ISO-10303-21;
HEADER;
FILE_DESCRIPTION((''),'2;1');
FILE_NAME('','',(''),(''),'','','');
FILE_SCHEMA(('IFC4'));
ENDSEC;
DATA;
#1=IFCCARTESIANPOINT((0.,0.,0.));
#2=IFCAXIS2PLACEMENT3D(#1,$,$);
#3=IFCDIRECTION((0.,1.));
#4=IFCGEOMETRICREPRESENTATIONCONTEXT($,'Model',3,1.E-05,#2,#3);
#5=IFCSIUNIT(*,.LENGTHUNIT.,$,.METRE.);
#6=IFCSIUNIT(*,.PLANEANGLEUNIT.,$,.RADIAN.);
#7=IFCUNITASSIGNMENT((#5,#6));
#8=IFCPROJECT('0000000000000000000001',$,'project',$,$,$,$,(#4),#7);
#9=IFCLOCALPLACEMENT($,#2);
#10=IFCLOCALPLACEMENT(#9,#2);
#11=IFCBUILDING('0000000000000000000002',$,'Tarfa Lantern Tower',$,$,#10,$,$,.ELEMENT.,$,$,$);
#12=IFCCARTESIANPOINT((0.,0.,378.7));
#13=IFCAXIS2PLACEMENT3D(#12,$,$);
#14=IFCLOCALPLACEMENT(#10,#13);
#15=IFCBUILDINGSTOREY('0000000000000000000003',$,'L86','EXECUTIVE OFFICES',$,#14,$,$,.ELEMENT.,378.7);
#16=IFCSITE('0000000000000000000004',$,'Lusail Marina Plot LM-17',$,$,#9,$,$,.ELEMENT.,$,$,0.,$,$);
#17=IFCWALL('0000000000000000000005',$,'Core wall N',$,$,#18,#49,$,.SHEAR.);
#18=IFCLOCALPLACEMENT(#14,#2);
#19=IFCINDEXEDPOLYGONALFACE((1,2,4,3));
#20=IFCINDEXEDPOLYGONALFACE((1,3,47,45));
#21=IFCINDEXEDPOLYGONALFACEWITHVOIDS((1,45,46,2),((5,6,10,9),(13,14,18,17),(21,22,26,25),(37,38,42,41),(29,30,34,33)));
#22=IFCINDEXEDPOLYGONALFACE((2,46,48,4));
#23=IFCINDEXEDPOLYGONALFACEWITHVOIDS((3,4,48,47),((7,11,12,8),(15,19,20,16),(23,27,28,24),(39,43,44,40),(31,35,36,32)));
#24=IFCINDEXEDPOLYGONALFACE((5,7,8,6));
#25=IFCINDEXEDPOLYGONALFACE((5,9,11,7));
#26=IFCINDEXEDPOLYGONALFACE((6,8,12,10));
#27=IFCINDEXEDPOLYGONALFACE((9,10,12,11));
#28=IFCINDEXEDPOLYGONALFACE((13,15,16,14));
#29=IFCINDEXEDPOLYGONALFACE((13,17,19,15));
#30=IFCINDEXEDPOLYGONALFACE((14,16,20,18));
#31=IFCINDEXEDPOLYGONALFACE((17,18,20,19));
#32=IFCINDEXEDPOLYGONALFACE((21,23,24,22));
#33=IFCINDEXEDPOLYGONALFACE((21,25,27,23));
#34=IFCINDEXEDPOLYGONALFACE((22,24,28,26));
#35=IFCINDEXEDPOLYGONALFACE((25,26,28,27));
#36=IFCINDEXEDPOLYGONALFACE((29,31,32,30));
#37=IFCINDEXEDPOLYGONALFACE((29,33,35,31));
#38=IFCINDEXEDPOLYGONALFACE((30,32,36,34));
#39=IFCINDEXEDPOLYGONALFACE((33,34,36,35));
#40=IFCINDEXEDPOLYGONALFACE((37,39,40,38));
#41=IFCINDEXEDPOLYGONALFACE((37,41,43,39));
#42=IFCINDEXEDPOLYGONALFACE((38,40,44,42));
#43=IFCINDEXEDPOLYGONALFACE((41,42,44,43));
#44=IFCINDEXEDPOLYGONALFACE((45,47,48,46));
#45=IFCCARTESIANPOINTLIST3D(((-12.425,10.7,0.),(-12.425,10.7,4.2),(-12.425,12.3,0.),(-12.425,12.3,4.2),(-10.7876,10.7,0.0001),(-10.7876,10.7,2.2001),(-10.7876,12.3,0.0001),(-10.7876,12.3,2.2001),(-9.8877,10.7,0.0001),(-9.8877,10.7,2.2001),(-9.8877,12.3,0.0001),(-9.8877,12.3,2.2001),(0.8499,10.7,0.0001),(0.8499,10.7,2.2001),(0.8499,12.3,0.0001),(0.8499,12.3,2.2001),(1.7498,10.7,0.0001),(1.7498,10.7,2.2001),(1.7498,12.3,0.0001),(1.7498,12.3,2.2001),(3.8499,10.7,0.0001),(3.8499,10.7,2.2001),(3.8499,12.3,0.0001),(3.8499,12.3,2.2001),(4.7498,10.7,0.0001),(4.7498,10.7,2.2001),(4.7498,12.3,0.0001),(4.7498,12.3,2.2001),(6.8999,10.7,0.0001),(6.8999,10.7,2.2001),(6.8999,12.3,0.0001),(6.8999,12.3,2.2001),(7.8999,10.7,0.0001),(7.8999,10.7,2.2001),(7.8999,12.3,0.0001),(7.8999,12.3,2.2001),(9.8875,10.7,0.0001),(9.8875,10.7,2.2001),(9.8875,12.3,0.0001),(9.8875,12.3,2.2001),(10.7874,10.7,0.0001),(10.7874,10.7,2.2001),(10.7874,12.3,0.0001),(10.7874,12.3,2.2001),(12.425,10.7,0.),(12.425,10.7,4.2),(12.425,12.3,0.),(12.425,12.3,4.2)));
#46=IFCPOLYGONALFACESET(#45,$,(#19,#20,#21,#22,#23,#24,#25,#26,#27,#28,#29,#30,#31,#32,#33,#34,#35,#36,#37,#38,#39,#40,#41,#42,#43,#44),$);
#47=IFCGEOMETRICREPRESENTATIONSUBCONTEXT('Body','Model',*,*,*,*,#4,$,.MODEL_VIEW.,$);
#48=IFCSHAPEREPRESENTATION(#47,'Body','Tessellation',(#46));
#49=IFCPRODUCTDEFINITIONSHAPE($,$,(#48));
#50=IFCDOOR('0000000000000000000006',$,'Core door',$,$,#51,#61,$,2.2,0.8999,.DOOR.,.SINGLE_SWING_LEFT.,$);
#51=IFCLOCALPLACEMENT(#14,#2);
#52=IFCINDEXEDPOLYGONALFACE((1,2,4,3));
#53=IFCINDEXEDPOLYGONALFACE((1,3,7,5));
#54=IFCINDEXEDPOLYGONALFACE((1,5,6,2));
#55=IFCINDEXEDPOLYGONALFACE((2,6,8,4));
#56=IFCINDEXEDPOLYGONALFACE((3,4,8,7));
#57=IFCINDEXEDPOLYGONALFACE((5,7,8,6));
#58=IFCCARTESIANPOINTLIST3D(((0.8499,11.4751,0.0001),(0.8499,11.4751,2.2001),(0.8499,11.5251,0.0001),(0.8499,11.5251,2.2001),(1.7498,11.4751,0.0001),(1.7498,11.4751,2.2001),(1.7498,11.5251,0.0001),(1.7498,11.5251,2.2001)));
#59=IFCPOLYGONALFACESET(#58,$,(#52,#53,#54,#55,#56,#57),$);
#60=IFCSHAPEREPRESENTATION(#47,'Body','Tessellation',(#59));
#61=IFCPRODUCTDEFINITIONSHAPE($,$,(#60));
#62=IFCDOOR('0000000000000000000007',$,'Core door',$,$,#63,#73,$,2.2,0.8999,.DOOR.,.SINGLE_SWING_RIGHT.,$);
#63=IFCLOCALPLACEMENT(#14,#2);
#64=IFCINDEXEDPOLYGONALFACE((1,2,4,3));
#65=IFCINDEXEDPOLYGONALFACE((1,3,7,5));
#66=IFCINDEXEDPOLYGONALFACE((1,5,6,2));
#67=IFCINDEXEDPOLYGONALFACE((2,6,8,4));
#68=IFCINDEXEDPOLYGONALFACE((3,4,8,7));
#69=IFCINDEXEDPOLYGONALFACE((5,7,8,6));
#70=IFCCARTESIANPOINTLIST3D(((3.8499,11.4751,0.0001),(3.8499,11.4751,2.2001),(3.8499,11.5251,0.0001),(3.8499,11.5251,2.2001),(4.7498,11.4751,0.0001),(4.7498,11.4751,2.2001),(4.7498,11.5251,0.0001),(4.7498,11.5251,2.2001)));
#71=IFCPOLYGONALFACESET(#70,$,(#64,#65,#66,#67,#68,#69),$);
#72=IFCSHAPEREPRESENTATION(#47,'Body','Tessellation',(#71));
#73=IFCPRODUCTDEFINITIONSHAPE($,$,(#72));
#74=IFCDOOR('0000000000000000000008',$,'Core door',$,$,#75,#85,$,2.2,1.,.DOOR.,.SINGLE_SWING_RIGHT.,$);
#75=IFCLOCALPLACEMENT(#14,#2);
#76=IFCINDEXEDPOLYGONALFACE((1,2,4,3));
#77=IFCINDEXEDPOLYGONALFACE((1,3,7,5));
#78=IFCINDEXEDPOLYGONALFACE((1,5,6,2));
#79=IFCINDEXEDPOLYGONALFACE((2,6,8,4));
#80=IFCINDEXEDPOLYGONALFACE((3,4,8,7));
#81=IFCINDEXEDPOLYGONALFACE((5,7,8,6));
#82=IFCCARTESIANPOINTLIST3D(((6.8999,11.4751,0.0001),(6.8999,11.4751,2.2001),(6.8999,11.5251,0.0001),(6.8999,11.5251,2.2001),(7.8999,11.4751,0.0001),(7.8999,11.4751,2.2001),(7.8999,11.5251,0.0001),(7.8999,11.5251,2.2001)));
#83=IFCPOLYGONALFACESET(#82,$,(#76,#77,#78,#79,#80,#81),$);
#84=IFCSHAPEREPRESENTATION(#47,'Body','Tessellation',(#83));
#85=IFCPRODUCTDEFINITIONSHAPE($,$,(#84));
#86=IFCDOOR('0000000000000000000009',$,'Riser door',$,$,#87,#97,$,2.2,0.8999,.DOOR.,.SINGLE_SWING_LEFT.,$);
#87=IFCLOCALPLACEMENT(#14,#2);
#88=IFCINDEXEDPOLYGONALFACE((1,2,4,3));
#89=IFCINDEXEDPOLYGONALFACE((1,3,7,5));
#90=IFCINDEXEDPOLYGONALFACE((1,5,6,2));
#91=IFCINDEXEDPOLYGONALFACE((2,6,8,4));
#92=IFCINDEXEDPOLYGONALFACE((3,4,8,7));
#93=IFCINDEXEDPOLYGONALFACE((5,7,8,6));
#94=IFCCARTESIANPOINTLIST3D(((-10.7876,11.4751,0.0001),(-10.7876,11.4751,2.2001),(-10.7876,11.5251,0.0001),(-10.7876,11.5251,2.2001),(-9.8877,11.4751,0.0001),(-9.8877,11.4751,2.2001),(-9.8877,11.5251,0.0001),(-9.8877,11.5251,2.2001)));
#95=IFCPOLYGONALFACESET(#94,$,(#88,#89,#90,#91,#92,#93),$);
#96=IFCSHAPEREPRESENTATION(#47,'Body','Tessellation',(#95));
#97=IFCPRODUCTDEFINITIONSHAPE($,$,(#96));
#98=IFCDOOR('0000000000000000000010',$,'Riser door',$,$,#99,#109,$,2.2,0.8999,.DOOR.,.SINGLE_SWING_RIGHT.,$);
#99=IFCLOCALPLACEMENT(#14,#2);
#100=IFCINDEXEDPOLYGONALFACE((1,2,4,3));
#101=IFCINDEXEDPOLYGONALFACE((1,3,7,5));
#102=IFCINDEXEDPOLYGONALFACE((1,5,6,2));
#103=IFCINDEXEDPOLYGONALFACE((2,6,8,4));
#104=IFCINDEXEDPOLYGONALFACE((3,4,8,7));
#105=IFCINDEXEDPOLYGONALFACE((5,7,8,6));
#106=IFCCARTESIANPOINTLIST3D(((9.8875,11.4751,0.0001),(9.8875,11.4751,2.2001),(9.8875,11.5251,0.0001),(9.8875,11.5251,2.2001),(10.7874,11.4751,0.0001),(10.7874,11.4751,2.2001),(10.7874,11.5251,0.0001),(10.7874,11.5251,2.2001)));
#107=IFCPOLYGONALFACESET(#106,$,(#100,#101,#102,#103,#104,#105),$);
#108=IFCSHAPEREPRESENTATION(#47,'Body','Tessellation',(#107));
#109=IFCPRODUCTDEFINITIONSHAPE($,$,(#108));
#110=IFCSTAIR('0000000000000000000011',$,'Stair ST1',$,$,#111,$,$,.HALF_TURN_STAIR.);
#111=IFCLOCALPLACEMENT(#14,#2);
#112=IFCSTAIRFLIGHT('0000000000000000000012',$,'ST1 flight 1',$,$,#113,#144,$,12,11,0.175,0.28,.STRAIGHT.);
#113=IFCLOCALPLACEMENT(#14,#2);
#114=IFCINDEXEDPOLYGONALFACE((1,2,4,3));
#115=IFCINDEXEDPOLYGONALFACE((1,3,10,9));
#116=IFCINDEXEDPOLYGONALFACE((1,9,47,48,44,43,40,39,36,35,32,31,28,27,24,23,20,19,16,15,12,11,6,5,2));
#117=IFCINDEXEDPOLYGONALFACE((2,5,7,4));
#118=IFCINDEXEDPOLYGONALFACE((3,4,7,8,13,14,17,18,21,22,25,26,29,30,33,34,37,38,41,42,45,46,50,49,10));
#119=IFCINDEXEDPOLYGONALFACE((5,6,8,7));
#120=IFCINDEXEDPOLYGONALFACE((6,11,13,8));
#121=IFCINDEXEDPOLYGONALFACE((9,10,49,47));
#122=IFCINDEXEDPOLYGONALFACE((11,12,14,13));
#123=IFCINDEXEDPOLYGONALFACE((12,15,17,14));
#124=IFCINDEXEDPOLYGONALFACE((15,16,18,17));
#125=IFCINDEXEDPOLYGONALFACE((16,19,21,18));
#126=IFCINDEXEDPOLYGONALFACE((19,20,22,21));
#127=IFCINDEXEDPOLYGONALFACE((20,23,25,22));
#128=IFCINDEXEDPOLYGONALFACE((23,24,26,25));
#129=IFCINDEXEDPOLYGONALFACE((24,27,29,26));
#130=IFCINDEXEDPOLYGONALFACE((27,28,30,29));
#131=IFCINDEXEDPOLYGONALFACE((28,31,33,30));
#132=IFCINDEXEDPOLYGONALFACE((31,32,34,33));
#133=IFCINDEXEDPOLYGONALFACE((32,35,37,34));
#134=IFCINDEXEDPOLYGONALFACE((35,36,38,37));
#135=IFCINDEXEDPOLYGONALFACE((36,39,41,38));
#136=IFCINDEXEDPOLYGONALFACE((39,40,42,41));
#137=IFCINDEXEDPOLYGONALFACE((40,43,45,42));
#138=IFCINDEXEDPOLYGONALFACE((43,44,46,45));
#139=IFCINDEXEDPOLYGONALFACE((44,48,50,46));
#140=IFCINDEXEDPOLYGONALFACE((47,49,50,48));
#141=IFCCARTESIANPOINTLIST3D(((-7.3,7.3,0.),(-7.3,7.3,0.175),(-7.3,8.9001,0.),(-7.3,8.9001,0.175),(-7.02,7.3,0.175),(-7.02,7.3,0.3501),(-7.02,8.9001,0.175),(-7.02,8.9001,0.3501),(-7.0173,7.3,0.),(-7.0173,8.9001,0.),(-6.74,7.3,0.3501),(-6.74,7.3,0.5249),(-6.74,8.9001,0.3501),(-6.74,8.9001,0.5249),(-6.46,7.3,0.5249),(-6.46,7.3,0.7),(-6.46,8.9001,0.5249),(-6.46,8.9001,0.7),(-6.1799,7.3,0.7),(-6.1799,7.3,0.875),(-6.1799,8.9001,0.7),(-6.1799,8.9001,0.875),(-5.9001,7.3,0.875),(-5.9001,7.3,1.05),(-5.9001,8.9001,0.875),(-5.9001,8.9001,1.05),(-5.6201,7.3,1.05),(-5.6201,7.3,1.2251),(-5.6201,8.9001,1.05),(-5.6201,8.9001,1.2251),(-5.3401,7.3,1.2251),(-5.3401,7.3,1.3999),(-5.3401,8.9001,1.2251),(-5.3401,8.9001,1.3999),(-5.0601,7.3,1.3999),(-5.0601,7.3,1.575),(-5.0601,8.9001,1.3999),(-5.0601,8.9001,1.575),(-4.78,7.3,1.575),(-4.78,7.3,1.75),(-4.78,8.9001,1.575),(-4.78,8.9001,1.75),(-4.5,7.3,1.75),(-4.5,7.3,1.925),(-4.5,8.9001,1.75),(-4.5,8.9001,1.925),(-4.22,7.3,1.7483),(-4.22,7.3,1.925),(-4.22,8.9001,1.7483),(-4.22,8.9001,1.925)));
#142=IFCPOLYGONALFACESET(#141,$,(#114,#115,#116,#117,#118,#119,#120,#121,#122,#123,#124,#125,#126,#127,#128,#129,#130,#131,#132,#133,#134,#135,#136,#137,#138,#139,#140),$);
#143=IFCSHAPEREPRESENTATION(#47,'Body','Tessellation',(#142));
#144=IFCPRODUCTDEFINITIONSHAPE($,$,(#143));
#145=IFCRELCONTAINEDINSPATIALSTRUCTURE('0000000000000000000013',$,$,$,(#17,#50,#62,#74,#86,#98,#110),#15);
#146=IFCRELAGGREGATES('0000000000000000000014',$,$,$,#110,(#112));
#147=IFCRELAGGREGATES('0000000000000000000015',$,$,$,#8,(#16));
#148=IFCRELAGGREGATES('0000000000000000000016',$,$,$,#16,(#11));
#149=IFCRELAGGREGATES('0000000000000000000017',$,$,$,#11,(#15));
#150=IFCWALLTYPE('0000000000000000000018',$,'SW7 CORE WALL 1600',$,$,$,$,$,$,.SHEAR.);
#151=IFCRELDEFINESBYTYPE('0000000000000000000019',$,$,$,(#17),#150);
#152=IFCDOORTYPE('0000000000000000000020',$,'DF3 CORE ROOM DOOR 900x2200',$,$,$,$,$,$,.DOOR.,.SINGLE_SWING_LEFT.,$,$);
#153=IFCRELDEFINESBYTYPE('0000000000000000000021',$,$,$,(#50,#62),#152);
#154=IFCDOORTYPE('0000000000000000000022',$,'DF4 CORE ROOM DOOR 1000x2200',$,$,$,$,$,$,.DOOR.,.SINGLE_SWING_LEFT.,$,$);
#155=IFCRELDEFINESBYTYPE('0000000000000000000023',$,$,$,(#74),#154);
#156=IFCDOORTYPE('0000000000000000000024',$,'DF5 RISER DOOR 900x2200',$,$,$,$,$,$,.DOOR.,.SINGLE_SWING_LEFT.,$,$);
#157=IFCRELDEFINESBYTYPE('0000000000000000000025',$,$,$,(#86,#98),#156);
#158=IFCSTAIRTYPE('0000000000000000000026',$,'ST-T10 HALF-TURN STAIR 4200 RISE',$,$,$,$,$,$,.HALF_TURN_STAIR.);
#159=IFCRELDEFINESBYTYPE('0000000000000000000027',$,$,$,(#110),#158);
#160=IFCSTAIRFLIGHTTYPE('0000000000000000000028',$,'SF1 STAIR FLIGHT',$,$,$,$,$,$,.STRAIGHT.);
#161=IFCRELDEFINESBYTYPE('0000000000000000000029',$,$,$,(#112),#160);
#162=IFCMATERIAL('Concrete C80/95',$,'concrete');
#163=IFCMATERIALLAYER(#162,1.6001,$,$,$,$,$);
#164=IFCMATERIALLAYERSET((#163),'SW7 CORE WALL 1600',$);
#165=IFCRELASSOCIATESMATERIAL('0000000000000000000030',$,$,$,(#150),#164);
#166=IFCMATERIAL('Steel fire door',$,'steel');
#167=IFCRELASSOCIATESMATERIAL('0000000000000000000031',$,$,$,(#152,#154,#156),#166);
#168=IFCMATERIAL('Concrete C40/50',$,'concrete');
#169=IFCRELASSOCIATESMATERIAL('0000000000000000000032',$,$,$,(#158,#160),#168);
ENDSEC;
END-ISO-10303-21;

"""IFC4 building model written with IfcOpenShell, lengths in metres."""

from ifc_helpers import new_model, si_unit, direction, frame, frame_2d, origin, place, context, subcontext, project, spatial, polyline, rectangle, outline, extrude, material, layer, layer_set, type_object, element, fill, aggregate, save


model = new_model("IFC4")

# Units and contexts
model_context = context("Model", 3, precision=1e-05, world=origin(), true_north=direction((0.0, 1.0)))
body_context = subcontext(model_context, "Body", "Model", "MODEL_VIEW")
ifc_project = project(units=[si_unit("LENGTHUNIT", "METRE"), si_unit("PLANEANGLEUNIT", "RADIAN")], contexts=[model_context])

# Site, building, storey
site_placement = place(None, origin())
site = spatial("IfcSite", under=ifc_project, at=site_placement, Name="Lusail Marina Plot LM-17", CompositionType="ELEMENT", RefElevation=0.0)
building_placement = place(site_placement, origin())
building = spatial("IfcBuilding", under=site, at=building_placement, Name="Tarfa Lantern Tower", CompositionType="ELEMENT")
storey_placement = place(building_placement, frame((0.0, 0.0, 378.7)))
storey = spatial("IfcBuildingStorey", under=building, at=storey_placement, Name="L86", Description="EXECUTIVE OFFICES", CompositionType="ELEMENT", Elevation=378.7)

# Shared definitions
ifc_material_1 = material(Name="Concrete C80/95", Category="concrete")
ifc_material_2 = material(Name="Steel fire door", Category="steel")

# Wall, openings, doors
ifc_layer_1 = layer(ifc_material_1, 1.6001)
ifc_layer_set_1 = layer_set([ifc_layer_1], Name="SW7 CORE WALL 1600")
wall_type_1 = type_object("IfcWallType", Name="SW7 CORE WALL 1600", PredefinedType="SHEAR", material=ifc_layer_set_1)
wall_1_placement = place(storey_placement, frame((-12.425, 11.5, 0.0), z_axis=(0.0, 0.0, 1.0), x_axis=(1.0, 0.0, 0.0)))
wall_1 = element("IfcWall", 1, at=wall_1_placement, inside=storey, type_object=wall_type_1, Name="Core wall N", PredefinedType="SHEAR", context=body_context, shape_type="SweptSolid", body=[
    extrude(rectangle(XDim=24.8501, YDim=1.6001, at=frame_2d((12.425, 0.0))), origin(), (0.0, 0.0, 1.0), 4.2),
])
opening_1_placement = place(wall_1_placement, frame((13.2749, 0.0, 0.0)))
opening_1 = element("IfcOpeningElement", 2, at=opening_1_placement, cuts=wall_1, PredefinedType="OPENING", context=body_context, shape_type="SweptSolid", body=[
    extrude(rectangle(XDim=0.8999, YDim=2.2, at=frame_2d((0.45, 1.1001))), frame((0.0, 0.8101, 0.0), z_axis=(0.0, -1.0, 0.0), x_axis=(1.0, 0.0, 0.0)), (0.0, 0.0, 1.0), 1.6201),
])
opening_2_placement = place(wall_1_placement, frame((16.2749, 0.0, 0.0)))
opening_2 = element("IfcOpeningElement", 3, at=opening_2_placement, cuts=wall_1, PredefinedType="OPENING", context=body_context, shape_type="SweptSolid", body=[
    extrude(rectangle(XDim=0.8999, YDim=2.2, at=frame_2d((0.45, 1.1001))), frame((0.0, 0.8101, 0.0), z_axis=(0.0, -1.0, 0.0), x_axis=(1.0, 0.0, 0.0)), (0.0, 0.0, 1.0), 1.6201),
])
opening_3_placement = place(wall_1_placement, frame((19.325, 0.0, 0.0)))
opening_3 = element("IfcOpeningElement", 4, at=opening_3_placement, cuts=wall_1, PredefinedType="OPENING", context=body_context, shape_type="SweptSolid", body=[
    extrude(rectangle(XDim=1.0, YDim=2.2, at=frame_2d((0.5, 1.1001))), frame((0.0, 0.8101, 0.0), z_axis=(0.0, -1.0, 0.0), x_axis=(1.0, 0.0, 0.0)), (0.0, 0.0, 1.0), 1.6201),
])
opening_4_placement = place(wall_1_placement, frame((1.6375, 0.0, 0.0)))
opening_4 = element("IfcOpeningElement", 5, at=opening_4_placement, cuts=wall_1, PredefinedType="OPENING", context=body_context, shape_type="SweptSolid", body=[
    extrude(rectangle(XDim=0.8999, YDim=2.2, at=frame_2d((0.45, 1.1001))), frame((0.0, 0.8101, 0.0), z_axis=(0.0, -1.0, 0.0), x_axis=(1.0, 0.0, 0.0)), (0.0, 0.0, 1.0), 1.6201),
])
opening_5_placement = place(wall_1_placement, frame((22.3125, 0.0, 0.0)))
opening_5 = element("IfcOpeningElement", 6, at=opening_5_placement, cuts=wall_1, PredefinedType="OPENING", context=body_context, shape_type="SweptSolid", body=[
    extrude(rectangle(XDim=0.8999, YDim=2.2, at=frame_2d((0.45, 1.1001))), frame((0.0, 0.8101, 0.0), z_axis=(0.0, -1.0, 0.0), x_axis=(1.0, 0.0, 0.0)), (0.0, 0.0, 1.0), 1.6201),
])
door_type_1 = type_object("IfcDoorType", Name="DF3 CORE ROOM DOOR 900x2200", OperationType="SINGLE_SWING_LEFT", PredefinedType="DOOR", material=ifc_material_2)
door_1_placement = place(opening_1_placement, frame((0.8999, 0.0, 0.0), z_axis=(0.0, 0.0, 1.0), x_axis=(-1.0, 0.0, 0.0)))
door_1 = element("IfcDoor", 7, at=door_1_placement, inside=storey, type_object=door_type_1, Name="Core door", OperationType="SINGLE_SWING_LEFT", OverallHeight=2.2, OverallWidth=0.8999, PredefinedType="DOOR", context=body_context, shape_type="SweptSolid", body=[
    extrude(rectangle(XDim=0.8999, YDim=2.2, at=frame_2d((0.45, 1.1001))), frame((0.0, 0.0249, 0.0), z_axis=(0.0, -1.0, 0.0), x_axis=(1.0, 0.0, 0.0)), (0.0, 0.0, 1.0), 0.05),
])
fill(opening_1, door_1)
door_2_placement = place(opening_2_placement, frame((0.8999, 0.0, 0.0), z_axis=(0.0, 0.0, 1.0), x_axis=(-1.0, 0.0, 0.0)))
door_2 = element("IfcDoor", 8, at=door_2_placement, inside=storey, type_object=door_type_1, Name="Core door", OperationType="SINGLE_SWING_RIGHT", OverallHeight=2.2, OverallWidth=0.8999, PredefinedType="DOOR", context=body_context, shape_type="SweptSolid", body=[
    extrude(rectangle(XDim=0.8999, YDim=2.2, at=frame_2d((0.45, 1.1001))), frame((0.0, 0.0249, 0.0), z_axis=(0.0, -1.0, 0.0), x_axis=(1.0, 0.0, 0.0)), (0.0, 0.0, 1.0), 0.05),
])
fill(opening_2, door_2)
door_type_2 = type_object("IfcDoorType", Name="DF4 CORE ROOM DOOR 1000x2200", OperationType="SINGLE_SWING_LEFT", PredefinedType="DOOR", material=ifc_material_2)
door_3_placement = place(opening_3_placement, frame((1.0, 0.0, 0.0), z_axis=(0.0, 0.0, 1.0), x_axis=(-1.0, 0.0, 0.0)))
door_3 = element("IfcDoor", 9, at=door_3_placement, inside=storey, type_object=door_type_2, Name="Core door", OperationType="SINGLE_SWING_RIGHT", OverallHeight=2.2, OverallWidth=1.0, PredefinedType="DOOR", context=body_context, shape_type="SweptSolid", body=[
    extrude(rectangle(XDim=1.0, YDim=2.2, at=frame_2d((0.5, 1.1001))), frame((0.0, 0.0249, 0.0), z_axis=(0.0, -1.0, 0.0), x_axis=(1.0, 0.0, 0.0)), (0.0, 0.0, 1.0), 0.05),
])
fill(opening_3, door_3)
door_type_3 = type_object("IfcDoorType", Name="DF5 RISER DOOR 900x2200", OperationType="SINGLE_SWING_LEFT", PredefinedType="DOOR", material=ifc_material_2)
door_4_placement = place(opening_4_placement, frame((0.8999, 0.0, 0.0), z_axis=(0.0, 0.0, 1.0), x_axis=(-1.0, 0.0, 0.0)))
door_4 = element("IfcDoor", 10, at=door_4_placement, inside=storey, type_object=door_type_3, Name="Riser door", OperationType="SINGLE_SWING_LEFT", OverallHeight=2.2, OverallWidth=0.8999, PredefinedType="DOOR", context=body_context, shape_type="SweptSolid", body=[
    extrude(rectangle(XDim=0.8999, YDim=2.2, at=frame_2d((0.45, 1.1001))), frame((0.0, 0.0249, 0.0), z_axis=(0.0, -1.0, 0.0), x_axis=(1.0, 0.0, 0.0)), (0.0, 0.0, 1.0), 0.05),
])
fill(opening_4, door_4)
door_5_placement = place(opening_5_placement, frame((0.8999, 0.0, 0.0), z_axis=(0.0, 0.0, 1.0), x_axis=(-1.0, 0.0, 0.0)))
door_5 = element("IfcDoor", 11, at=door_5_placement, inside=storey, type_object=door_type_3, Name="Riser door", OperationType="SINGLE_SWING_RIGHT", OverallHeight=2.2, OverallWidth=0.8999, PredefinedType="DOOR", context=body_context, shape_type="SweptSolid", body=[
    extrude(rectangle(XDim=0.8999, YDim=2.2, at=frame_2d((0.45, 1.1001))), frame((0.0, 0.0249, 0.0), z_axis=(0.0, -1.0, 0.0), x_axis=(1.0, 0.0, 0.0)), (0.0, 0.0, 1.0), 0.05),
])
fill(opening_5, door_5)

# Stair, stair flight
ifc_material_3 = material(Name="Concrete C40/50", Category="concrete")
stair_type = type_object("IfcStairType", Name="ST-T10 HALF-TURN STAIR 4200 RISE", PredefinedType="HALF_TURN_STAIR", material=ifc_material_3)
stair_placement = place(storey_placement, origin())
stair = element("IfcStair", 12, at=stair_placement, inside=storey, type_object=stair_type, Name="Stair ST1", PredefinedType="HALF_TURN_STAIR")
stair_flight_type = type_object("IfcStairFlightType", Name="SF1 STAIR FLIGHT", PredefinedType="STRAIGHT", material=ifc_material_3)
stair_flight_1_placement = place(storey_placement, frame((-7.3, 8.1001, 0.0), z_axis=(0.0, 0.0, 1.0), x_axis=(1.0, 0.0, 0.0)))
stair_flight_1 = element("IfcStairFlight", 13, at=stair_flight_1_placement, type_object=stair_flight_type, Name="ST1 flight 1", NumberOfRisers=12, NumberOfTreads=11, PredefinedType="STRAIGHT", RiserHeight=0.175, TreadLength=0.28, context=body_context, shape_type="SweptSolid", body=[
    extrude(outline(polyline([(0.0, 0.0), (0.0, 0.175), (0.28, 0.175), (0.28, 0.3501), (0.5601, 0.3501), (0.5601, 0.5249), (0.8401, 0.5249), (0.8401, 0.7), (1.1201, 0.7), (1.1201, 0.875), (1.3999, 0.875), (1.3999, 1.05), (1.6799, 1.05), (1.6799, 1.2251), (1.96, 1.2251), (1.96, 1.3999), (2.24, 1.3999), (2.24, 1.575), (2.52, 1.575), (2.52, 1.75), (2.8, 1.75), (2.8, 1.925), (3.0801, 1.925), (3.0801, 2.1001), (3.0801, 1.7483), (0.2827, 0.0), (0.0, 0.0)])), frame((0.0, 0.8, 0.0), z_axis=(0.0, -1.0, 0.0), x_axis=(1.0, 0.0, 0.0)), (0.0, 0.0, 1.0), 1.6001),
])
aggregate(stair, [stair_flight_1])

save(model, "model.ifc")
